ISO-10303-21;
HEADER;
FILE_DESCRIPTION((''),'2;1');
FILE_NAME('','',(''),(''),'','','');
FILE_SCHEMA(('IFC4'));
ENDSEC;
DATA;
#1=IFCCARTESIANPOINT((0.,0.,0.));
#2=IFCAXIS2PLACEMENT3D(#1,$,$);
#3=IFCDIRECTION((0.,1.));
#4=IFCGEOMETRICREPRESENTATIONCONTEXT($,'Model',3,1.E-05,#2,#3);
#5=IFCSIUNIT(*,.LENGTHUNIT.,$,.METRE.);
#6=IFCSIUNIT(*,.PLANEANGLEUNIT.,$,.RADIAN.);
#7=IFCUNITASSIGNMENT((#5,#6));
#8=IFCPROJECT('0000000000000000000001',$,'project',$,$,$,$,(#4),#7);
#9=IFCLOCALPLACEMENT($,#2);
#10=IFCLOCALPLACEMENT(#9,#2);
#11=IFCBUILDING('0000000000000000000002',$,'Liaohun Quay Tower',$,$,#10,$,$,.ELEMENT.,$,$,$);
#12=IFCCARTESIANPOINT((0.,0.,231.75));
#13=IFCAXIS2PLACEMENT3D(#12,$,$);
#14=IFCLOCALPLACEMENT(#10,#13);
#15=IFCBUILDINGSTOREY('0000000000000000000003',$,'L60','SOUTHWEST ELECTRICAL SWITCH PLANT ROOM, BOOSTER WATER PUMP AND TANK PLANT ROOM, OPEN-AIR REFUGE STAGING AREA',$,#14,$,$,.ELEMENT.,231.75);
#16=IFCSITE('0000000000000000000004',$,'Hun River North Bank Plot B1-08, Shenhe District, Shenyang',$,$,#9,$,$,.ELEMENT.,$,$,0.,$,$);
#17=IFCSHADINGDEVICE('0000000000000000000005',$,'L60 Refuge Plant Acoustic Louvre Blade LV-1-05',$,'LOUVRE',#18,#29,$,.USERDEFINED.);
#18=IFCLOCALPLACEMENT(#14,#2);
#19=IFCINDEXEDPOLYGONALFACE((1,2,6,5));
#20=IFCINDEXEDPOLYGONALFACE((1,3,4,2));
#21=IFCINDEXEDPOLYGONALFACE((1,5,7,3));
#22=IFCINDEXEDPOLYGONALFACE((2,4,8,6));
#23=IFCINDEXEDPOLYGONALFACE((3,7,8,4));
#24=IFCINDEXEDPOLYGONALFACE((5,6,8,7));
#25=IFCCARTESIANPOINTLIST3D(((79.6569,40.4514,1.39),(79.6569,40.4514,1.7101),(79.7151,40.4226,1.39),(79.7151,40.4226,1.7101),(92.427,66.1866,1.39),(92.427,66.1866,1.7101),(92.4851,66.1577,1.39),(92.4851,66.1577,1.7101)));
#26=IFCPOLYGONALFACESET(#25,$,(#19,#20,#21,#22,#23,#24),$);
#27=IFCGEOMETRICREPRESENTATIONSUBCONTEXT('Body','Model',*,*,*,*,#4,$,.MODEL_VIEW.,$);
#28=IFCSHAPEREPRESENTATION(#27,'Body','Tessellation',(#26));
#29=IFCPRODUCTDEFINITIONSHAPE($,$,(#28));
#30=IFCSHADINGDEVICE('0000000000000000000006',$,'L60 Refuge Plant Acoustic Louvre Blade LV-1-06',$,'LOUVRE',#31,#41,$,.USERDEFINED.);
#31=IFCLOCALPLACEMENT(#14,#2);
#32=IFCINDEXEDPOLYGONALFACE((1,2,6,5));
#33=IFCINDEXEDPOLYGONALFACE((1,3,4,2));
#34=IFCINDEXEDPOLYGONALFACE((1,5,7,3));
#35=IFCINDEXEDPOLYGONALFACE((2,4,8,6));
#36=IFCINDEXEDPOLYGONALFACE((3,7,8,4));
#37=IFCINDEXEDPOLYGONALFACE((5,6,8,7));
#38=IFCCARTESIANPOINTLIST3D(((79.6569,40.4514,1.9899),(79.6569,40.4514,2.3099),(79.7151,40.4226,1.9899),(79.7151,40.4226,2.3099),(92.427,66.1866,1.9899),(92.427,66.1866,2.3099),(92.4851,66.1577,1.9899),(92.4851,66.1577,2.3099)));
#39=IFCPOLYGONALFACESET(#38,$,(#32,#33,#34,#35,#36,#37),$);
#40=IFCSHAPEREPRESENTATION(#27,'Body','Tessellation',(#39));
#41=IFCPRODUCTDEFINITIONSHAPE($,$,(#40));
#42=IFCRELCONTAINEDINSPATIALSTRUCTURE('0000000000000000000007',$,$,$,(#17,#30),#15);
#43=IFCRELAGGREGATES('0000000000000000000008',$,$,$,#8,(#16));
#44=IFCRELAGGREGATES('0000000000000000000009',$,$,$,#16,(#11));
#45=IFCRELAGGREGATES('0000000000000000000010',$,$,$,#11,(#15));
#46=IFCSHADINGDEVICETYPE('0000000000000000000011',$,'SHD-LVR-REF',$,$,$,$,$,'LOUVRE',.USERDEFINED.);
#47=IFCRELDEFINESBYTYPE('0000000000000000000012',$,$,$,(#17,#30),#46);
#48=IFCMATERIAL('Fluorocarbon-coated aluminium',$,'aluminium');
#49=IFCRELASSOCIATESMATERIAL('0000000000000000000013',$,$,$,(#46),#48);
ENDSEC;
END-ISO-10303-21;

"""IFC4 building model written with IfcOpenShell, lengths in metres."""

from ifc_helpers import new_model, si_unit, direction, frame, origin, origin_2d, place, context, subcontext, project, spatial, rectangle, extrude, source, transform, mapped, material, material_profile, profile_set, type_object, element, save


model = new_model("IFC4")

# Units and contexts
model_context = context("Model", 3, precision=1e-05, world=origin(), true_north=direction((0.0, 1.0)))
body_context = subcontext(model_context, "Body", "Model", "MODEL_VIEW")
ifc_project = project(units=[si_unit("LENGTHUNIT", "METRE"), si_unit("PLANEANGLEUNIT", "RADIAN")], contexts=[model_context])

# Site, building, storey
site_placement = place(None, origin())
site = spatial("IfcSite", under=ifc_project, at=site_placement, Name="Hun River North Bank Plot B1-08, Shenhe District, Shenyang", CompositionType="ELEMENT", RefElevation=0.0)
building_placement = place(site_placement, origin())
building = spatial("IfcBuilding", under=site, at=building_placement, Name="Liaohun Quay Tower", CompositionType="ELEMENT")
storey_placement = place(building_placement, frame((0.0, 0.0, 231.75)))
storey = spatial("IfcBuildingStorey", under=building, at=storey_placement, Name="L60", Description="SOUTHWEST ELECTRICAL SWITCH PLANT ROOM, BOOSTER WATER PUMP AND TANK PLANT ROOM, OPEN-AIR REFUGE STAGING AREA", CompositionType="ELEMENT", Elevation=231.75)

# Shading devices
ifc_material_1 = material(Name="Fluorocarbon-coated aluminium", Category="aluminium")
ifc_material_profile_1 = material_profile(ifc_material_1, rectangle(XDim=0.0649, YDim=0.3201, at=origin_2d()), Name="ALU-LVR-320x65")
ifc_profile_set_1 = profile_set([ifc_material_profile_1], Name="Fluorocarbon-coated aluminium")
shading_device_type = type_object("IfcShadingDeviceType", Name="SHD-LVR-REF", ElementType="LOUVRE", PredefinedType="USERDEFINED", material=ifc_profile_set_1)
shared_shape_1 = source(origin(), body_context, "Body", "SweptSolid", [
    extrude(rectangle(XDim=0.0649, YDim=0.3201, at=origin_2d()), origin(), (0.0, 0.0, 1.0), 28.7292),
])
for number, where, z_axis, x_axis, name in (
    (1, (92.4561, 66.1721, 1.55), (-0.444496, -0.895781, 0.0), (0.895781, -0.444496, 0.0), "L60 Refuge Plant Acoustic Louvre Blade LV-1-05"),
    (2, (92.4561, 66.1721, 2.1499), (-0.444496, -0.895781, 0.0), (0.895781, -0.444496, 0.0), "L60 Refuge Plant Acoustic Louvre Blade LV-1-06"),
):
    element("IfcShadingDevice", number, at=place(storey_placement, frame(where, z_axis=z_axis, x_axis=x_axis)), inside=storey, type_object=shading_device_type, Name=name, ObjectType="LOUVRE", PredefinedType="USERDEFINED", context=body_context, shape_type="MappedRepresentation", body=[
        mapped(shared_shape_1, transform((0.0, 0.0, 0.0), x_axis=(1.0, 0.0, 0.0), y_axis=(0.0, 1.0, 0.0), z_axis=(0.0, 0.0, 1.0), scale=1.0)),
    ])

save(model, "model.ifc")
